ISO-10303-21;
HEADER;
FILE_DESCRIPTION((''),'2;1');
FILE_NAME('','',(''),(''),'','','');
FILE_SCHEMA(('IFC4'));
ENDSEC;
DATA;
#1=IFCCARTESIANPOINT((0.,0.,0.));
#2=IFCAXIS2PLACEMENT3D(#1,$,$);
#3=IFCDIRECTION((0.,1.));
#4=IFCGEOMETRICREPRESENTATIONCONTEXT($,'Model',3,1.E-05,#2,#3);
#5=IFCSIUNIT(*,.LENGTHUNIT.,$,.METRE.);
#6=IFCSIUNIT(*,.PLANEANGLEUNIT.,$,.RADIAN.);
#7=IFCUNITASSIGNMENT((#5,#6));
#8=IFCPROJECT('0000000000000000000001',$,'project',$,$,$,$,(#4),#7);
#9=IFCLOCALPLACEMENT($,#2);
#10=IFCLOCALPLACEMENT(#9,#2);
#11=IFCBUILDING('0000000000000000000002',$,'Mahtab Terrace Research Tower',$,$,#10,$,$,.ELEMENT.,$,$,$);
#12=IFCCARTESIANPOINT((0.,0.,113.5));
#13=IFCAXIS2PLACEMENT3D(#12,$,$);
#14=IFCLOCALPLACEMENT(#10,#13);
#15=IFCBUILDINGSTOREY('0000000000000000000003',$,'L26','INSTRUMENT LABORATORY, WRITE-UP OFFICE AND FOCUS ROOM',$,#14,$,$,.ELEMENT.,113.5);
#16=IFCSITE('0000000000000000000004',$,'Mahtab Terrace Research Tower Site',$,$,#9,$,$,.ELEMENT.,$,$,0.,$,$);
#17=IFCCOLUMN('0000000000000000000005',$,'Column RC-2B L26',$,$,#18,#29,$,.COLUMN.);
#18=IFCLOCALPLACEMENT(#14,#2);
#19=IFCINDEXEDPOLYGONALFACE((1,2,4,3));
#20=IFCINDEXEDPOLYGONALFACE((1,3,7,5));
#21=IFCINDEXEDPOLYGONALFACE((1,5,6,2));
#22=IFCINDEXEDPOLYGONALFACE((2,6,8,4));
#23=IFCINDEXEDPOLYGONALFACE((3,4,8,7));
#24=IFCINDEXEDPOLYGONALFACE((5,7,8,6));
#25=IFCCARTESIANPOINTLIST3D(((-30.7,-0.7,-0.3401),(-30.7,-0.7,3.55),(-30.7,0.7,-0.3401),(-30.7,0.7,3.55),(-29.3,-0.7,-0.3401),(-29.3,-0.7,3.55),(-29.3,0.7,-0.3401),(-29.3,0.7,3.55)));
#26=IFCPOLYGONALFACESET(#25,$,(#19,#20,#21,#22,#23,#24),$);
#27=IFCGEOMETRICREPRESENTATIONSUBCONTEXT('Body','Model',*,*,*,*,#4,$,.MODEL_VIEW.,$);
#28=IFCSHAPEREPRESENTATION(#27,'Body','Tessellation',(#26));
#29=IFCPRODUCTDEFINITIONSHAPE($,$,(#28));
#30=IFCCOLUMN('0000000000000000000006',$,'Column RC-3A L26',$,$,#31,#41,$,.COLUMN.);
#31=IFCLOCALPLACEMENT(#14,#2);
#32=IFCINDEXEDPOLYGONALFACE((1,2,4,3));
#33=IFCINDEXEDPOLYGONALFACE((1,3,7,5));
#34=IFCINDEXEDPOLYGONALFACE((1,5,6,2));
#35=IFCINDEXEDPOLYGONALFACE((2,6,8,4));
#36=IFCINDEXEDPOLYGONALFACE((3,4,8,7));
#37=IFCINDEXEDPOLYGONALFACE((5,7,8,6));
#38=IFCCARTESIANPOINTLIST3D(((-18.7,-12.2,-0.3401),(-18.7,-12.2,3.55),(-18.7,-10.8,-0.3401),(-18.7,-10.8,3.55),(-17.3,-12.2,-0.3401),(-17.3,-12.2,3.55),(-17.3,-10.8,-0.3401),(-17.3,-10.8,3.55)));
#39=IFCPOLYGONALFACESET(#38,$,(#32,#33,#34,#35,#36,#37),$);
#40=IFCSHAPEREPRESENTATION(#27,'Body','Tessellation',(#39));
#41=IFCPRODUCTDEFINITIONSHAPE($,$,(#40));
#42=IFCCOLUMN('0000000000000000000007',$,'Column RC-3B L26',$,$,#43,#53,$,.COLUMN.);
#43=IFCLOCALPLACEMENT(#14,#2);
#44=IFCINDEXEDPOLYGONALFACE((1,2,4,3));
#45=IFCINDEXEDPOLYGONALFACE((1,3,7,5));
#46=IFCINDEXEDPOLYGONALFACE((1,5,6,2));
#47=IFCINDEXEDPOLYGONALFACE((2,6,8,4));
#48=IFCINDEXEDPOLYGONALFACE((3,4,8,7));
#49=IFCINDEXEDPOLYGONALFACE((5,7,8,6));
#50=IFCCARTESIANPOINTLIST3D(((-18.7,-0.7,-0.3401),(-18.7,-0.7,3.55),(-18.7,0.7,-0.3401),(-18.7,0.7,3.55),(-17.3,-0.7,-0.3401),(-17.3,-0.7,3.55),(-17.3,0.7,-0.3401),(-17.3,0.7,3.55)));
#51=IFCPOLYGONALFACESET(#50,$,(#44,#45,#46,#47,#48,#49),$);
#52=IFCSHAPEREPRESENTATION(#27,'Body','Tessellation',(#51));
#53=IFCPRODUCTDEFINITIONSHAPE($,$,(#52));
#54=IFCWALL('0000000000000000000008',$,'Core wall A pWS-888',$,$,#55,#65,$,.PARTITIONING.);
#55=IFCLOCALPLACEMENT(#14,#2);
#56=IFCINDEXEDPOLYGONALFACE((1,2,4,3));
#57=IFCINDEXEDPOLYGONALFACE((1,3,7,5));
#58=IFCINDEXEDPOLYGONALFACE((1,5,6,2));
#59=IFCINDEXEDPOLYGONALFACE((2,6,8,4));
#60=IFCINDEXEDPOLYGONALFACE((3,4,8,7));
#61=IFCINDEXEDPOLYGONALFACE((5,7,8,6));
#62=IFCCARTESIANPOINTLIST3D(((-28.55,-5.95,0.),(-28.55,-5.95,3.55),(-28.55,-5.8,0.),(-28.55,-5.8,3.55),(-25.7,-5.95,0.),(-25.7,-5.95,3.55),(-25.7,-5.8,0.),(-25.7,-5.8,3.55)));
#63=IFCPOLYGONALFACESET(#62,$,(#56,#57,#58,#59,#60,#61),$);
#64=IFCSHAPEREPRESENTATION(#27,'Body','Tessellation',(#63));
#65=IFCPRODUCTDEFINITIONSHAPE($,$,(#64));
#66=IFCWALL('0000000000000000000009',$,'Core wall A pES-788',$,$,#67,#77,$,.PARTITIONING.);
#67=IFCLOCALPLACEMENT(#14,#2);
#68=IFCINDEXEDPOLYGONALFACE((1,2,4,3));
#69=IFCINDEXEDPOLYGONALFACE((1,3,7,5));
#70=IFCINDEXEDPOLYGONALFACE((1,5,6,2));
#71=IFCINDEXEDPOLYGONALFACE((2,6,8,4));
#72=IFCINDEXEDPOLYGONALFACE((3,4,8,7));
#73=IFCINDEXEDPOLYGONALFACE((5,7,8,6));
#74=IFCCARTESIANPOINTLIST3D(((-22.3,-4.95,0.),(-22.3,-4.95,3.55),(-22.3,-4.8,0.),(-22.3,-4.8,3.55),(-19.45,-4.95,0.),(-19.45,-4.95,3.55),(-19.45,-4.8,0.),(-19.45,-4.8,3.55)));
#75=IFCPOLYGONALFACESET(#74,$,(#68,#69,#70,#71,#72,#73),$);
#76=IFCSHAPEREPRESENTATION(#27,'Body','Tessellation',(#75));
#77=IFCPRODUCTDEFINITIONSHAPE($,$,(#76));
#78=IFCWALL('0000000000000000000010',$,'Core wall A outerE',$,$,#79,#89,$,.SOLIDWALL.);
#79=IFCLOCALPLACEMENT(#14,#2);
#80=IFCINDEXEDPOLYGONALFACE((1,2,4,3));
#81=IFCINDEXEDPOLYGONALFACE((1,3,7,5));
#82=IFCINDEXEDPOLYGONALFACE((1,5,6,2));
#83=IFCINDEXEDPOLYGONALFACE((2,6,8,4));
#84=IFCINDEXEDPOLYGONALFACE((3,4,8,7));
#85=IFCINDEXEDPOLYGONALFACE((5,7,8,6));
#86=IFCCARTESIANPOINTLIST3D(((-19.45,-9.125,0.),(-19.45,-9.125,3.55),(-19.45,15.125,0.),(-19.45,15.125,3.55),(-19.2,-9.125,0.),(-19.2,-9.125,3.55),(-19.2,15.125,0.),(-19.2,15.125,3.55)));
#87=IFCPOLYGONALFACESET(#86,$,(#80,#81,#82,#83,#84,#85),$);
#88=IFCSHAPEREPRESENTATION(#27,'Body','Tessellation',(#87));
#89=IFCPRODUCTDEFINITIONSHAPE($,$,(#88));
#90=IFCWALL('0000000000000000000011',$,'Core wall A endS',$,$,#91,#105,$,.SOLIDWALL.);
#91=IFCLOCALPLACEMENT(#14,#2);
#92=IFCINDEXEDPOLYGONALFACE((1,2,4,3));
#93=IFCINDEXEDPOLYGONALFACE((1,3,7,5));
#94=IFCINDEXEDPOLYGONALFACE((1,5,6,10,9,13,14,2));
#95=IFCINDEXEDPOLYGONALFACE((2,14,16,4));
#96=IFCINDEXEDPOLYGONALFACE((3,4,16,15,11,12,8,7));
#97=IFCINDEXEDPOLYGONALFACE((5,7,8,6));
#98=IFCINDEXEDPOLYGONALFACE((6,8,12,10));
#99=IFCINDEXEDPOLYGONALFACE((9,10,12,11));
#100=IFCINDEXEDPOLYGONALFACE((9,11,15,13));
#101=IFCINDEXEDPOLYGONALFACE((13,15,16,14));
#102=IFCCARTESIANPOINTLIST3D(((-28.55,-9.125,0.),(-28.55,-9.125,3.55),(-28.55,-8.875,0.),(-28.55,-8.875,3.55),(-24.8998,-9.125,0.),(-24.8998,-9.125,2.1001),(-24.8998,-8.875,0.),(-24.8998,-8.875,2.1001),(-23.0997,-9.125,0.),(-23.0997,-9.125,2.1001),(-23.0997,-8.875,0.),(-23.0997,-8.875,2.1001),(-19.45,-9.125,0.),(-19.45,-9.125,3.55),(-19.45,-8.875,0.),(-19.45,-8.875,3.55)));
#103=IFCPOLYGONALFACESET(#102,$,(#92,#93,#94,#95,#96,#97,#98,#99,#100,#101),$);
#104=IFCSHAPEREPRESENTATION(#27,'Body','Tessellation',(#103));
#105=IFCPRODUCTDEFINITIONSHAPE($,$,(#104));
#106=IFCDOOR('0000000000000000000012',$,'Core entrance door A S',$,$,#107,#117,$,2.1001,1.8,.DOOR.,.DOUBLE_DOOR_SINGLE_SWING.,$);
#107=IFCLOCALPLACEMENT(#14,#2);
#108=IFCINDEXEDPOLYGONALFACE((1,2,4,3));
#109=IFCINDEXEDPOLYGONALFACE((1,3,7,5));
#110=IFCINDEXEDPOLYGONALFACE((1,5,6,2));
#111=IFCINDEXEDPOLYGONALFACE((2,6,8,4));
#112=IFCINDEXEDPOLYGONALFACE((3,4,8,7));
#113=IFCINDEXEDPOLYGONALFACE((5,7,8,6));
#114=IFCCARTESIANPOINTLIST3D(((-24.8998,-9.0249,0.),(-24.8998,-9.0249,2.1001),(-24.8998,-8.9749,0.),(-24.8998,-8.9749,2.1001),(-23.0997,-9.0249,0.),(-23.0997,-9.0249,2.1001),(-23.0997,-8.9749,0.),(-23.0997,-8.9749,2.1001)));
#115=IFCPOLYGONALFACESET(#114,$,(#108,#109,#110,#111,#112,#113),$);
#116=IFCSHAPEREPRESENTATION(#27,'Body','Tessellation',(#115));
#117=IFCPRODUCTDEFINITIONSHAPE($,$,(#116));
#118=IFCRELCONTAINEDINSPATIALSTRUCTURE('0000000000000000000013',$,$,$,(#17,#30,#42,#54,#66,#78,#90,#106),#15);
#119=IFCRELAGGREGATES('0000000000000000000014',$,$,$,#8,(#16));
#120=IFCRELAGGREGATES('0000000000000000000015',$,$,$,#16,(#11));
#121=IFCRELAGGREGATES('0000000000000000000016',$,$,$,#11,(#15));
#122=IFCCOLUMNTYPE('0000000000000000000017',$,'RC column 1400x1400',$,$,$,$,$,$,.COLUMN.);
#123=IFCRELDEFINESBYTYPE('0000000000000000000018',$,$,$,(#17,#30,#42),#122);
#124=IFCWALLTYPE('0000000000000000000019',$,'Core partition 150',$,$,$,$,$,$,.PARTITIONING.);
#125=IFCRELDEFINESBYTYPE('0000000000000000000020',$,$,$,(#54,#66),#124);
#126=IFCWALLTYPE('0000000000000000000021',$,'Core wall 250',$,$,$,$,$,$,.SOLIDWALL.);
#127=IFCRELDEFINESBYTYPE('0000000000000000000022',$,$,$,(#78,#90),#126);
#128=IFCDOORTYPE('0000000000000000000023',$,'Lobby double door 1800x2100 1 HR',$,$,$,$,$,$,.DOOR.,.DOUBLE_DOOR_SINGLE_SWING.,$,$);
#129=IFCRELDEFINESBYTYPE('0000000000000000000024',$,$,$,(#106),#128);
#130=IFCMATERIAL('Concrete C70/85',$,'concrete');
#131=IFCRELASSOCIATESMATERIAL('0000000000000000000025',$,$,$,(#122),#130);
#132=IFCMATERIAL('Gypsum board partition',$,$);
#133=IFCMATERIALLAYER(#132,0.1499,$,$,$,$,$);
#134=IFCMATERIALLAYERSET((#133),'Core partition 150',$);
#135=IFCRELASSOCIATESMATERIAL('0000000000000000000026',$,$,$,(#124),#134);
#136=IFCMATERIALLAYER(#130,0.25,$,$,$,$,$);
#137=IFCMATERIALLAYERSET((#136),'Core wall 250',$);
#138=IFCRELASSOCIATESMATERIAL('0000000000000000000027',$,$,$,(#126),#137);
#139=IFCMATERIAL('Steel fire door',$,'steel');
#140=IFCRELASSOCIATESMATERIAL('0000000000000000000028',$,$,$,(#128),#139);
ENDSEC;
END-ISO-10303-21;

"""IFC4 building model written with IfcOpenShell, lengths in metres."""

from ifc_helpers import new_model, si_unit, direction, frame, frame_2d, origin, origin_2d, place, context, subcontext, project, spatial, rectangle, extrude, material, layer, layer_set, material_profile, profile_set, type_object, element, fill, save


model = new_model("IFC4")

# Units and contexts
model_context = context("Model", 3, precision=1e-05, world=origin(), true_north=direction((0.0, 1.0)))
body_context = subcontext(model_context, "Body", "Model", "MODEL_VIEW")
ifc_project = project(units=[si_unit("LENGTHUNIT", "METRE"), si_unit("PLANEANGLEUNIT", "RADIAN")], contexts=[model_context])

# Site, building, storey
site_placement = place(None, origin())
site = spatial("IfcSite", under=ifc_project, at=site_placement, Name="Mahtab Terrace Research Tower Site", CompositionType="ELEMENT", RefElevation=0.0)
building_placement = place(site_placement, origin())
building = spatial("IfcBuilding", under=site, at=building_placement, Name="Mahtab Terrace Research Tower", CompositionType="ELEMENT")
storey_placement = place(building_placement, frame((0.0, 0.0, 113.5)))
storey = spatial("IfcBuildingStorey", under=building, at=storey_placement, Name="L26", Description="INSTRUMENT LABORATORY, WRITE-UP OFFICE AND FOCUS ROOM", CompositionType="ELEMENT", Elevation=113.5)

# Columns
ifc_material_1 = material(Name="Concrete C70/85", Category="concrete")
ifc_material_profile = material_profile(ifc_material_1, rectangle(XDim=1.3999, YDim=1.3999, at=origin_2d()), Name="RC column 1400x1400")
ifc_profile_set = profile_set([ifc_material_profile], Name="Concrete C70/85")
column_type = type_object("IfcColumnType", Name="RC column 1400x1400", PredefinedType="COLUMN", material=ifc_profile_set)
for number, where, z_axis, x_axis, name in (
    (1, (-30.0, 0.0, -0.3401), (0.0, 0.0, 1.0), (1.0, 0.0, 0.0), "Column RC-2B L26"),
    (2, (-18.0, -11.5, -0.3401), (0.0, 0.0, 1.0), (1.0, 0.0, 0.0), "Column RC-3A L26"),
    (3, (-18.0, 0.0, -0.3401), (0.0, 0.0, 1.0), (1.0, 0.0, 0.0), "Column RC-3B L26"),
):
    element("IfcColumn", number, at=place(storey_placement, frame(where, z_axis=z_axis, x_axis=x_axis)), inside=storey, type_object=column_type, Name=name, PredefinedType="COLUMN", context=body_context, shape_type="SweptSolid", body=[
        extrude(rectangle(XDim=1.3999, YDim=1.3999, at=origin_2d()), origin(), (0.0, 0.0, 1.0), 3.8901),
    ])

# Walls
ifc_material_2 = material(Name="Gypsum board partition")
ifc_layer_1 = layer(ifc_material_2, 0.1499)
ifc_layer_set_1 = layer_set([ifc_layer_1], Name="Core partition 150")
wall_type_1 = type_object("IfcWallType", Name="Core partition 150", PredefinedType="PARTITIONING", material=ifc_layer_set_1)
for number, where, z_axis, x_axis, name in (
    (4, (-28.55, -5.875, 0.0), (0.0, 0.0, 1.0), (1.0, 0.0, 0.0), "Core wall A pWS-888"),
    (5, (-22.3, -4.875, 0.0), (0.0, 0.0, 1.0), (1.0, 0.0, 0.0), "Core wall A pES-788"),
):
    element("IfcWall", number, at=place(storey_placement, frame(where, z_axis=z_axis, x_axis=x_axis)), inside=storey, type_object=wall_type_1, Name=name, PredefinedType="PARTITIONING", context=body_context, shape_type="SweptSolid", body=[
        extrude(rectangle(XDim=2.8501, YDim=0.1499, at=frame_2d((1.425, 0.0))), origin(), (0.0, 0.0, 1.0), 3.55),
    ])
ifc_layer_2 = layer(ifc_material_1, 0.25)
ifc_layer_set_2 = layer_set([ifc_layer_2], Name="Core wall 250")
wall_type_2 = type_object("IfcWallType", Name="Core wall 250", PredefinedType="SOLIDWALL", material=ifc_layer_set_2)
wall_1_placement = place(storey_placement, frame((-19.325, -9.125, 0.0), z_axis=(0.0, 0.0, 1.0), x_axis=(0.0, 1.0, 0.0)))
element("IfcWall", 6, at=wall_1_placement, inside=storey, type_object=wall_type_2, Name="Core wall A outerE", PredefinedType="SOLIDWALL", context=body_context, shape_type="SweptSolid", body=[
    extrude(rectangle(XDim=24.25, YDim=0.25, at=frame_2d((12.125, 0.0))), origin(), (0.0, 0.0, 1.0), 3.55),
])

# Wall, opening, door
wall_2_placement = place(storey_placement, frame((-19.45, -9.0, 0.0), z_axis=(0.0, 0.0, 1.0), x_axis=(-1.0, 0.0, 0.0)))
wall_2 = element("IfcWall", 7, at=wall_2_placement, inside=storey, type_object=wall_type_2, Name="Core wall A endS", PredefinedType="SOLIDWALL", context=body_context, shape_type="SweptSolid", body=[
    extrude(rectangle(XDim=9.1001, YDim=0.25, at=frame_2d((4.55, 0.0))), origin(), (0.0, 0.0, 1.0), 3.55),
])
opening_1_placement = place(wall_2_placement, frame((3.6499, 0.0, 0.0)))
opening_1 = element("IfcOpeningElement", 8, at=opening_1_placement, cuts=wall_2, PredefinedType="OPENING", context=body_context, shape_type="SweptSolid", body=[
    extrude(rectangle(XDim=1.8, YDim=2.1001, at=frame_2d((0.8999, 1.05))), frame((0.0, 0.135, 0.0), z_axis=(0.0, -1.0, 0.0), x_axis=(1.0, 0.0, 0.0)), (0.0, 0.0, 1.0), 0.27),
])
ifc_material_3 = material(Name="Steel fire door", Category="steel")
door_type_1 = type_object("IfcDoorType", Name="Lobby double door 1800x2100 1 HR", OperationType="DOUBLE_DOOR_SINGLE_SWING", PredefinedType="DOOR", material=ifc_material_3)
door_1_placement = place(opening_1_placement, origin())
door_1 = element("IfcDoor", 9, at=door_1_placement, inside=storey, type_object=door_type_1, Name="Core entrance door A S", OperationType="DOUBLE_DOOR_SINGLE_SWING", OverallHeight=2.1001, OverallWidth=1.8, PredefinedType="DOOR", context=body_context, shape_type="SweptSolid", body=[
    extrude(rectangle(XDim=1.8, YDim=2.1001, at=frame_2d((0.8999, 1.05))), frame((0.0, 0.0249, 0.0), z_axis=(0.0, -1.0, 0.0), x_axis=(1.0, 0.0, 0.0)), (0.0, 0.0, 1.0), 0.05),
])
fill(opening_1, door_1)

save(model, "model.ifc")
